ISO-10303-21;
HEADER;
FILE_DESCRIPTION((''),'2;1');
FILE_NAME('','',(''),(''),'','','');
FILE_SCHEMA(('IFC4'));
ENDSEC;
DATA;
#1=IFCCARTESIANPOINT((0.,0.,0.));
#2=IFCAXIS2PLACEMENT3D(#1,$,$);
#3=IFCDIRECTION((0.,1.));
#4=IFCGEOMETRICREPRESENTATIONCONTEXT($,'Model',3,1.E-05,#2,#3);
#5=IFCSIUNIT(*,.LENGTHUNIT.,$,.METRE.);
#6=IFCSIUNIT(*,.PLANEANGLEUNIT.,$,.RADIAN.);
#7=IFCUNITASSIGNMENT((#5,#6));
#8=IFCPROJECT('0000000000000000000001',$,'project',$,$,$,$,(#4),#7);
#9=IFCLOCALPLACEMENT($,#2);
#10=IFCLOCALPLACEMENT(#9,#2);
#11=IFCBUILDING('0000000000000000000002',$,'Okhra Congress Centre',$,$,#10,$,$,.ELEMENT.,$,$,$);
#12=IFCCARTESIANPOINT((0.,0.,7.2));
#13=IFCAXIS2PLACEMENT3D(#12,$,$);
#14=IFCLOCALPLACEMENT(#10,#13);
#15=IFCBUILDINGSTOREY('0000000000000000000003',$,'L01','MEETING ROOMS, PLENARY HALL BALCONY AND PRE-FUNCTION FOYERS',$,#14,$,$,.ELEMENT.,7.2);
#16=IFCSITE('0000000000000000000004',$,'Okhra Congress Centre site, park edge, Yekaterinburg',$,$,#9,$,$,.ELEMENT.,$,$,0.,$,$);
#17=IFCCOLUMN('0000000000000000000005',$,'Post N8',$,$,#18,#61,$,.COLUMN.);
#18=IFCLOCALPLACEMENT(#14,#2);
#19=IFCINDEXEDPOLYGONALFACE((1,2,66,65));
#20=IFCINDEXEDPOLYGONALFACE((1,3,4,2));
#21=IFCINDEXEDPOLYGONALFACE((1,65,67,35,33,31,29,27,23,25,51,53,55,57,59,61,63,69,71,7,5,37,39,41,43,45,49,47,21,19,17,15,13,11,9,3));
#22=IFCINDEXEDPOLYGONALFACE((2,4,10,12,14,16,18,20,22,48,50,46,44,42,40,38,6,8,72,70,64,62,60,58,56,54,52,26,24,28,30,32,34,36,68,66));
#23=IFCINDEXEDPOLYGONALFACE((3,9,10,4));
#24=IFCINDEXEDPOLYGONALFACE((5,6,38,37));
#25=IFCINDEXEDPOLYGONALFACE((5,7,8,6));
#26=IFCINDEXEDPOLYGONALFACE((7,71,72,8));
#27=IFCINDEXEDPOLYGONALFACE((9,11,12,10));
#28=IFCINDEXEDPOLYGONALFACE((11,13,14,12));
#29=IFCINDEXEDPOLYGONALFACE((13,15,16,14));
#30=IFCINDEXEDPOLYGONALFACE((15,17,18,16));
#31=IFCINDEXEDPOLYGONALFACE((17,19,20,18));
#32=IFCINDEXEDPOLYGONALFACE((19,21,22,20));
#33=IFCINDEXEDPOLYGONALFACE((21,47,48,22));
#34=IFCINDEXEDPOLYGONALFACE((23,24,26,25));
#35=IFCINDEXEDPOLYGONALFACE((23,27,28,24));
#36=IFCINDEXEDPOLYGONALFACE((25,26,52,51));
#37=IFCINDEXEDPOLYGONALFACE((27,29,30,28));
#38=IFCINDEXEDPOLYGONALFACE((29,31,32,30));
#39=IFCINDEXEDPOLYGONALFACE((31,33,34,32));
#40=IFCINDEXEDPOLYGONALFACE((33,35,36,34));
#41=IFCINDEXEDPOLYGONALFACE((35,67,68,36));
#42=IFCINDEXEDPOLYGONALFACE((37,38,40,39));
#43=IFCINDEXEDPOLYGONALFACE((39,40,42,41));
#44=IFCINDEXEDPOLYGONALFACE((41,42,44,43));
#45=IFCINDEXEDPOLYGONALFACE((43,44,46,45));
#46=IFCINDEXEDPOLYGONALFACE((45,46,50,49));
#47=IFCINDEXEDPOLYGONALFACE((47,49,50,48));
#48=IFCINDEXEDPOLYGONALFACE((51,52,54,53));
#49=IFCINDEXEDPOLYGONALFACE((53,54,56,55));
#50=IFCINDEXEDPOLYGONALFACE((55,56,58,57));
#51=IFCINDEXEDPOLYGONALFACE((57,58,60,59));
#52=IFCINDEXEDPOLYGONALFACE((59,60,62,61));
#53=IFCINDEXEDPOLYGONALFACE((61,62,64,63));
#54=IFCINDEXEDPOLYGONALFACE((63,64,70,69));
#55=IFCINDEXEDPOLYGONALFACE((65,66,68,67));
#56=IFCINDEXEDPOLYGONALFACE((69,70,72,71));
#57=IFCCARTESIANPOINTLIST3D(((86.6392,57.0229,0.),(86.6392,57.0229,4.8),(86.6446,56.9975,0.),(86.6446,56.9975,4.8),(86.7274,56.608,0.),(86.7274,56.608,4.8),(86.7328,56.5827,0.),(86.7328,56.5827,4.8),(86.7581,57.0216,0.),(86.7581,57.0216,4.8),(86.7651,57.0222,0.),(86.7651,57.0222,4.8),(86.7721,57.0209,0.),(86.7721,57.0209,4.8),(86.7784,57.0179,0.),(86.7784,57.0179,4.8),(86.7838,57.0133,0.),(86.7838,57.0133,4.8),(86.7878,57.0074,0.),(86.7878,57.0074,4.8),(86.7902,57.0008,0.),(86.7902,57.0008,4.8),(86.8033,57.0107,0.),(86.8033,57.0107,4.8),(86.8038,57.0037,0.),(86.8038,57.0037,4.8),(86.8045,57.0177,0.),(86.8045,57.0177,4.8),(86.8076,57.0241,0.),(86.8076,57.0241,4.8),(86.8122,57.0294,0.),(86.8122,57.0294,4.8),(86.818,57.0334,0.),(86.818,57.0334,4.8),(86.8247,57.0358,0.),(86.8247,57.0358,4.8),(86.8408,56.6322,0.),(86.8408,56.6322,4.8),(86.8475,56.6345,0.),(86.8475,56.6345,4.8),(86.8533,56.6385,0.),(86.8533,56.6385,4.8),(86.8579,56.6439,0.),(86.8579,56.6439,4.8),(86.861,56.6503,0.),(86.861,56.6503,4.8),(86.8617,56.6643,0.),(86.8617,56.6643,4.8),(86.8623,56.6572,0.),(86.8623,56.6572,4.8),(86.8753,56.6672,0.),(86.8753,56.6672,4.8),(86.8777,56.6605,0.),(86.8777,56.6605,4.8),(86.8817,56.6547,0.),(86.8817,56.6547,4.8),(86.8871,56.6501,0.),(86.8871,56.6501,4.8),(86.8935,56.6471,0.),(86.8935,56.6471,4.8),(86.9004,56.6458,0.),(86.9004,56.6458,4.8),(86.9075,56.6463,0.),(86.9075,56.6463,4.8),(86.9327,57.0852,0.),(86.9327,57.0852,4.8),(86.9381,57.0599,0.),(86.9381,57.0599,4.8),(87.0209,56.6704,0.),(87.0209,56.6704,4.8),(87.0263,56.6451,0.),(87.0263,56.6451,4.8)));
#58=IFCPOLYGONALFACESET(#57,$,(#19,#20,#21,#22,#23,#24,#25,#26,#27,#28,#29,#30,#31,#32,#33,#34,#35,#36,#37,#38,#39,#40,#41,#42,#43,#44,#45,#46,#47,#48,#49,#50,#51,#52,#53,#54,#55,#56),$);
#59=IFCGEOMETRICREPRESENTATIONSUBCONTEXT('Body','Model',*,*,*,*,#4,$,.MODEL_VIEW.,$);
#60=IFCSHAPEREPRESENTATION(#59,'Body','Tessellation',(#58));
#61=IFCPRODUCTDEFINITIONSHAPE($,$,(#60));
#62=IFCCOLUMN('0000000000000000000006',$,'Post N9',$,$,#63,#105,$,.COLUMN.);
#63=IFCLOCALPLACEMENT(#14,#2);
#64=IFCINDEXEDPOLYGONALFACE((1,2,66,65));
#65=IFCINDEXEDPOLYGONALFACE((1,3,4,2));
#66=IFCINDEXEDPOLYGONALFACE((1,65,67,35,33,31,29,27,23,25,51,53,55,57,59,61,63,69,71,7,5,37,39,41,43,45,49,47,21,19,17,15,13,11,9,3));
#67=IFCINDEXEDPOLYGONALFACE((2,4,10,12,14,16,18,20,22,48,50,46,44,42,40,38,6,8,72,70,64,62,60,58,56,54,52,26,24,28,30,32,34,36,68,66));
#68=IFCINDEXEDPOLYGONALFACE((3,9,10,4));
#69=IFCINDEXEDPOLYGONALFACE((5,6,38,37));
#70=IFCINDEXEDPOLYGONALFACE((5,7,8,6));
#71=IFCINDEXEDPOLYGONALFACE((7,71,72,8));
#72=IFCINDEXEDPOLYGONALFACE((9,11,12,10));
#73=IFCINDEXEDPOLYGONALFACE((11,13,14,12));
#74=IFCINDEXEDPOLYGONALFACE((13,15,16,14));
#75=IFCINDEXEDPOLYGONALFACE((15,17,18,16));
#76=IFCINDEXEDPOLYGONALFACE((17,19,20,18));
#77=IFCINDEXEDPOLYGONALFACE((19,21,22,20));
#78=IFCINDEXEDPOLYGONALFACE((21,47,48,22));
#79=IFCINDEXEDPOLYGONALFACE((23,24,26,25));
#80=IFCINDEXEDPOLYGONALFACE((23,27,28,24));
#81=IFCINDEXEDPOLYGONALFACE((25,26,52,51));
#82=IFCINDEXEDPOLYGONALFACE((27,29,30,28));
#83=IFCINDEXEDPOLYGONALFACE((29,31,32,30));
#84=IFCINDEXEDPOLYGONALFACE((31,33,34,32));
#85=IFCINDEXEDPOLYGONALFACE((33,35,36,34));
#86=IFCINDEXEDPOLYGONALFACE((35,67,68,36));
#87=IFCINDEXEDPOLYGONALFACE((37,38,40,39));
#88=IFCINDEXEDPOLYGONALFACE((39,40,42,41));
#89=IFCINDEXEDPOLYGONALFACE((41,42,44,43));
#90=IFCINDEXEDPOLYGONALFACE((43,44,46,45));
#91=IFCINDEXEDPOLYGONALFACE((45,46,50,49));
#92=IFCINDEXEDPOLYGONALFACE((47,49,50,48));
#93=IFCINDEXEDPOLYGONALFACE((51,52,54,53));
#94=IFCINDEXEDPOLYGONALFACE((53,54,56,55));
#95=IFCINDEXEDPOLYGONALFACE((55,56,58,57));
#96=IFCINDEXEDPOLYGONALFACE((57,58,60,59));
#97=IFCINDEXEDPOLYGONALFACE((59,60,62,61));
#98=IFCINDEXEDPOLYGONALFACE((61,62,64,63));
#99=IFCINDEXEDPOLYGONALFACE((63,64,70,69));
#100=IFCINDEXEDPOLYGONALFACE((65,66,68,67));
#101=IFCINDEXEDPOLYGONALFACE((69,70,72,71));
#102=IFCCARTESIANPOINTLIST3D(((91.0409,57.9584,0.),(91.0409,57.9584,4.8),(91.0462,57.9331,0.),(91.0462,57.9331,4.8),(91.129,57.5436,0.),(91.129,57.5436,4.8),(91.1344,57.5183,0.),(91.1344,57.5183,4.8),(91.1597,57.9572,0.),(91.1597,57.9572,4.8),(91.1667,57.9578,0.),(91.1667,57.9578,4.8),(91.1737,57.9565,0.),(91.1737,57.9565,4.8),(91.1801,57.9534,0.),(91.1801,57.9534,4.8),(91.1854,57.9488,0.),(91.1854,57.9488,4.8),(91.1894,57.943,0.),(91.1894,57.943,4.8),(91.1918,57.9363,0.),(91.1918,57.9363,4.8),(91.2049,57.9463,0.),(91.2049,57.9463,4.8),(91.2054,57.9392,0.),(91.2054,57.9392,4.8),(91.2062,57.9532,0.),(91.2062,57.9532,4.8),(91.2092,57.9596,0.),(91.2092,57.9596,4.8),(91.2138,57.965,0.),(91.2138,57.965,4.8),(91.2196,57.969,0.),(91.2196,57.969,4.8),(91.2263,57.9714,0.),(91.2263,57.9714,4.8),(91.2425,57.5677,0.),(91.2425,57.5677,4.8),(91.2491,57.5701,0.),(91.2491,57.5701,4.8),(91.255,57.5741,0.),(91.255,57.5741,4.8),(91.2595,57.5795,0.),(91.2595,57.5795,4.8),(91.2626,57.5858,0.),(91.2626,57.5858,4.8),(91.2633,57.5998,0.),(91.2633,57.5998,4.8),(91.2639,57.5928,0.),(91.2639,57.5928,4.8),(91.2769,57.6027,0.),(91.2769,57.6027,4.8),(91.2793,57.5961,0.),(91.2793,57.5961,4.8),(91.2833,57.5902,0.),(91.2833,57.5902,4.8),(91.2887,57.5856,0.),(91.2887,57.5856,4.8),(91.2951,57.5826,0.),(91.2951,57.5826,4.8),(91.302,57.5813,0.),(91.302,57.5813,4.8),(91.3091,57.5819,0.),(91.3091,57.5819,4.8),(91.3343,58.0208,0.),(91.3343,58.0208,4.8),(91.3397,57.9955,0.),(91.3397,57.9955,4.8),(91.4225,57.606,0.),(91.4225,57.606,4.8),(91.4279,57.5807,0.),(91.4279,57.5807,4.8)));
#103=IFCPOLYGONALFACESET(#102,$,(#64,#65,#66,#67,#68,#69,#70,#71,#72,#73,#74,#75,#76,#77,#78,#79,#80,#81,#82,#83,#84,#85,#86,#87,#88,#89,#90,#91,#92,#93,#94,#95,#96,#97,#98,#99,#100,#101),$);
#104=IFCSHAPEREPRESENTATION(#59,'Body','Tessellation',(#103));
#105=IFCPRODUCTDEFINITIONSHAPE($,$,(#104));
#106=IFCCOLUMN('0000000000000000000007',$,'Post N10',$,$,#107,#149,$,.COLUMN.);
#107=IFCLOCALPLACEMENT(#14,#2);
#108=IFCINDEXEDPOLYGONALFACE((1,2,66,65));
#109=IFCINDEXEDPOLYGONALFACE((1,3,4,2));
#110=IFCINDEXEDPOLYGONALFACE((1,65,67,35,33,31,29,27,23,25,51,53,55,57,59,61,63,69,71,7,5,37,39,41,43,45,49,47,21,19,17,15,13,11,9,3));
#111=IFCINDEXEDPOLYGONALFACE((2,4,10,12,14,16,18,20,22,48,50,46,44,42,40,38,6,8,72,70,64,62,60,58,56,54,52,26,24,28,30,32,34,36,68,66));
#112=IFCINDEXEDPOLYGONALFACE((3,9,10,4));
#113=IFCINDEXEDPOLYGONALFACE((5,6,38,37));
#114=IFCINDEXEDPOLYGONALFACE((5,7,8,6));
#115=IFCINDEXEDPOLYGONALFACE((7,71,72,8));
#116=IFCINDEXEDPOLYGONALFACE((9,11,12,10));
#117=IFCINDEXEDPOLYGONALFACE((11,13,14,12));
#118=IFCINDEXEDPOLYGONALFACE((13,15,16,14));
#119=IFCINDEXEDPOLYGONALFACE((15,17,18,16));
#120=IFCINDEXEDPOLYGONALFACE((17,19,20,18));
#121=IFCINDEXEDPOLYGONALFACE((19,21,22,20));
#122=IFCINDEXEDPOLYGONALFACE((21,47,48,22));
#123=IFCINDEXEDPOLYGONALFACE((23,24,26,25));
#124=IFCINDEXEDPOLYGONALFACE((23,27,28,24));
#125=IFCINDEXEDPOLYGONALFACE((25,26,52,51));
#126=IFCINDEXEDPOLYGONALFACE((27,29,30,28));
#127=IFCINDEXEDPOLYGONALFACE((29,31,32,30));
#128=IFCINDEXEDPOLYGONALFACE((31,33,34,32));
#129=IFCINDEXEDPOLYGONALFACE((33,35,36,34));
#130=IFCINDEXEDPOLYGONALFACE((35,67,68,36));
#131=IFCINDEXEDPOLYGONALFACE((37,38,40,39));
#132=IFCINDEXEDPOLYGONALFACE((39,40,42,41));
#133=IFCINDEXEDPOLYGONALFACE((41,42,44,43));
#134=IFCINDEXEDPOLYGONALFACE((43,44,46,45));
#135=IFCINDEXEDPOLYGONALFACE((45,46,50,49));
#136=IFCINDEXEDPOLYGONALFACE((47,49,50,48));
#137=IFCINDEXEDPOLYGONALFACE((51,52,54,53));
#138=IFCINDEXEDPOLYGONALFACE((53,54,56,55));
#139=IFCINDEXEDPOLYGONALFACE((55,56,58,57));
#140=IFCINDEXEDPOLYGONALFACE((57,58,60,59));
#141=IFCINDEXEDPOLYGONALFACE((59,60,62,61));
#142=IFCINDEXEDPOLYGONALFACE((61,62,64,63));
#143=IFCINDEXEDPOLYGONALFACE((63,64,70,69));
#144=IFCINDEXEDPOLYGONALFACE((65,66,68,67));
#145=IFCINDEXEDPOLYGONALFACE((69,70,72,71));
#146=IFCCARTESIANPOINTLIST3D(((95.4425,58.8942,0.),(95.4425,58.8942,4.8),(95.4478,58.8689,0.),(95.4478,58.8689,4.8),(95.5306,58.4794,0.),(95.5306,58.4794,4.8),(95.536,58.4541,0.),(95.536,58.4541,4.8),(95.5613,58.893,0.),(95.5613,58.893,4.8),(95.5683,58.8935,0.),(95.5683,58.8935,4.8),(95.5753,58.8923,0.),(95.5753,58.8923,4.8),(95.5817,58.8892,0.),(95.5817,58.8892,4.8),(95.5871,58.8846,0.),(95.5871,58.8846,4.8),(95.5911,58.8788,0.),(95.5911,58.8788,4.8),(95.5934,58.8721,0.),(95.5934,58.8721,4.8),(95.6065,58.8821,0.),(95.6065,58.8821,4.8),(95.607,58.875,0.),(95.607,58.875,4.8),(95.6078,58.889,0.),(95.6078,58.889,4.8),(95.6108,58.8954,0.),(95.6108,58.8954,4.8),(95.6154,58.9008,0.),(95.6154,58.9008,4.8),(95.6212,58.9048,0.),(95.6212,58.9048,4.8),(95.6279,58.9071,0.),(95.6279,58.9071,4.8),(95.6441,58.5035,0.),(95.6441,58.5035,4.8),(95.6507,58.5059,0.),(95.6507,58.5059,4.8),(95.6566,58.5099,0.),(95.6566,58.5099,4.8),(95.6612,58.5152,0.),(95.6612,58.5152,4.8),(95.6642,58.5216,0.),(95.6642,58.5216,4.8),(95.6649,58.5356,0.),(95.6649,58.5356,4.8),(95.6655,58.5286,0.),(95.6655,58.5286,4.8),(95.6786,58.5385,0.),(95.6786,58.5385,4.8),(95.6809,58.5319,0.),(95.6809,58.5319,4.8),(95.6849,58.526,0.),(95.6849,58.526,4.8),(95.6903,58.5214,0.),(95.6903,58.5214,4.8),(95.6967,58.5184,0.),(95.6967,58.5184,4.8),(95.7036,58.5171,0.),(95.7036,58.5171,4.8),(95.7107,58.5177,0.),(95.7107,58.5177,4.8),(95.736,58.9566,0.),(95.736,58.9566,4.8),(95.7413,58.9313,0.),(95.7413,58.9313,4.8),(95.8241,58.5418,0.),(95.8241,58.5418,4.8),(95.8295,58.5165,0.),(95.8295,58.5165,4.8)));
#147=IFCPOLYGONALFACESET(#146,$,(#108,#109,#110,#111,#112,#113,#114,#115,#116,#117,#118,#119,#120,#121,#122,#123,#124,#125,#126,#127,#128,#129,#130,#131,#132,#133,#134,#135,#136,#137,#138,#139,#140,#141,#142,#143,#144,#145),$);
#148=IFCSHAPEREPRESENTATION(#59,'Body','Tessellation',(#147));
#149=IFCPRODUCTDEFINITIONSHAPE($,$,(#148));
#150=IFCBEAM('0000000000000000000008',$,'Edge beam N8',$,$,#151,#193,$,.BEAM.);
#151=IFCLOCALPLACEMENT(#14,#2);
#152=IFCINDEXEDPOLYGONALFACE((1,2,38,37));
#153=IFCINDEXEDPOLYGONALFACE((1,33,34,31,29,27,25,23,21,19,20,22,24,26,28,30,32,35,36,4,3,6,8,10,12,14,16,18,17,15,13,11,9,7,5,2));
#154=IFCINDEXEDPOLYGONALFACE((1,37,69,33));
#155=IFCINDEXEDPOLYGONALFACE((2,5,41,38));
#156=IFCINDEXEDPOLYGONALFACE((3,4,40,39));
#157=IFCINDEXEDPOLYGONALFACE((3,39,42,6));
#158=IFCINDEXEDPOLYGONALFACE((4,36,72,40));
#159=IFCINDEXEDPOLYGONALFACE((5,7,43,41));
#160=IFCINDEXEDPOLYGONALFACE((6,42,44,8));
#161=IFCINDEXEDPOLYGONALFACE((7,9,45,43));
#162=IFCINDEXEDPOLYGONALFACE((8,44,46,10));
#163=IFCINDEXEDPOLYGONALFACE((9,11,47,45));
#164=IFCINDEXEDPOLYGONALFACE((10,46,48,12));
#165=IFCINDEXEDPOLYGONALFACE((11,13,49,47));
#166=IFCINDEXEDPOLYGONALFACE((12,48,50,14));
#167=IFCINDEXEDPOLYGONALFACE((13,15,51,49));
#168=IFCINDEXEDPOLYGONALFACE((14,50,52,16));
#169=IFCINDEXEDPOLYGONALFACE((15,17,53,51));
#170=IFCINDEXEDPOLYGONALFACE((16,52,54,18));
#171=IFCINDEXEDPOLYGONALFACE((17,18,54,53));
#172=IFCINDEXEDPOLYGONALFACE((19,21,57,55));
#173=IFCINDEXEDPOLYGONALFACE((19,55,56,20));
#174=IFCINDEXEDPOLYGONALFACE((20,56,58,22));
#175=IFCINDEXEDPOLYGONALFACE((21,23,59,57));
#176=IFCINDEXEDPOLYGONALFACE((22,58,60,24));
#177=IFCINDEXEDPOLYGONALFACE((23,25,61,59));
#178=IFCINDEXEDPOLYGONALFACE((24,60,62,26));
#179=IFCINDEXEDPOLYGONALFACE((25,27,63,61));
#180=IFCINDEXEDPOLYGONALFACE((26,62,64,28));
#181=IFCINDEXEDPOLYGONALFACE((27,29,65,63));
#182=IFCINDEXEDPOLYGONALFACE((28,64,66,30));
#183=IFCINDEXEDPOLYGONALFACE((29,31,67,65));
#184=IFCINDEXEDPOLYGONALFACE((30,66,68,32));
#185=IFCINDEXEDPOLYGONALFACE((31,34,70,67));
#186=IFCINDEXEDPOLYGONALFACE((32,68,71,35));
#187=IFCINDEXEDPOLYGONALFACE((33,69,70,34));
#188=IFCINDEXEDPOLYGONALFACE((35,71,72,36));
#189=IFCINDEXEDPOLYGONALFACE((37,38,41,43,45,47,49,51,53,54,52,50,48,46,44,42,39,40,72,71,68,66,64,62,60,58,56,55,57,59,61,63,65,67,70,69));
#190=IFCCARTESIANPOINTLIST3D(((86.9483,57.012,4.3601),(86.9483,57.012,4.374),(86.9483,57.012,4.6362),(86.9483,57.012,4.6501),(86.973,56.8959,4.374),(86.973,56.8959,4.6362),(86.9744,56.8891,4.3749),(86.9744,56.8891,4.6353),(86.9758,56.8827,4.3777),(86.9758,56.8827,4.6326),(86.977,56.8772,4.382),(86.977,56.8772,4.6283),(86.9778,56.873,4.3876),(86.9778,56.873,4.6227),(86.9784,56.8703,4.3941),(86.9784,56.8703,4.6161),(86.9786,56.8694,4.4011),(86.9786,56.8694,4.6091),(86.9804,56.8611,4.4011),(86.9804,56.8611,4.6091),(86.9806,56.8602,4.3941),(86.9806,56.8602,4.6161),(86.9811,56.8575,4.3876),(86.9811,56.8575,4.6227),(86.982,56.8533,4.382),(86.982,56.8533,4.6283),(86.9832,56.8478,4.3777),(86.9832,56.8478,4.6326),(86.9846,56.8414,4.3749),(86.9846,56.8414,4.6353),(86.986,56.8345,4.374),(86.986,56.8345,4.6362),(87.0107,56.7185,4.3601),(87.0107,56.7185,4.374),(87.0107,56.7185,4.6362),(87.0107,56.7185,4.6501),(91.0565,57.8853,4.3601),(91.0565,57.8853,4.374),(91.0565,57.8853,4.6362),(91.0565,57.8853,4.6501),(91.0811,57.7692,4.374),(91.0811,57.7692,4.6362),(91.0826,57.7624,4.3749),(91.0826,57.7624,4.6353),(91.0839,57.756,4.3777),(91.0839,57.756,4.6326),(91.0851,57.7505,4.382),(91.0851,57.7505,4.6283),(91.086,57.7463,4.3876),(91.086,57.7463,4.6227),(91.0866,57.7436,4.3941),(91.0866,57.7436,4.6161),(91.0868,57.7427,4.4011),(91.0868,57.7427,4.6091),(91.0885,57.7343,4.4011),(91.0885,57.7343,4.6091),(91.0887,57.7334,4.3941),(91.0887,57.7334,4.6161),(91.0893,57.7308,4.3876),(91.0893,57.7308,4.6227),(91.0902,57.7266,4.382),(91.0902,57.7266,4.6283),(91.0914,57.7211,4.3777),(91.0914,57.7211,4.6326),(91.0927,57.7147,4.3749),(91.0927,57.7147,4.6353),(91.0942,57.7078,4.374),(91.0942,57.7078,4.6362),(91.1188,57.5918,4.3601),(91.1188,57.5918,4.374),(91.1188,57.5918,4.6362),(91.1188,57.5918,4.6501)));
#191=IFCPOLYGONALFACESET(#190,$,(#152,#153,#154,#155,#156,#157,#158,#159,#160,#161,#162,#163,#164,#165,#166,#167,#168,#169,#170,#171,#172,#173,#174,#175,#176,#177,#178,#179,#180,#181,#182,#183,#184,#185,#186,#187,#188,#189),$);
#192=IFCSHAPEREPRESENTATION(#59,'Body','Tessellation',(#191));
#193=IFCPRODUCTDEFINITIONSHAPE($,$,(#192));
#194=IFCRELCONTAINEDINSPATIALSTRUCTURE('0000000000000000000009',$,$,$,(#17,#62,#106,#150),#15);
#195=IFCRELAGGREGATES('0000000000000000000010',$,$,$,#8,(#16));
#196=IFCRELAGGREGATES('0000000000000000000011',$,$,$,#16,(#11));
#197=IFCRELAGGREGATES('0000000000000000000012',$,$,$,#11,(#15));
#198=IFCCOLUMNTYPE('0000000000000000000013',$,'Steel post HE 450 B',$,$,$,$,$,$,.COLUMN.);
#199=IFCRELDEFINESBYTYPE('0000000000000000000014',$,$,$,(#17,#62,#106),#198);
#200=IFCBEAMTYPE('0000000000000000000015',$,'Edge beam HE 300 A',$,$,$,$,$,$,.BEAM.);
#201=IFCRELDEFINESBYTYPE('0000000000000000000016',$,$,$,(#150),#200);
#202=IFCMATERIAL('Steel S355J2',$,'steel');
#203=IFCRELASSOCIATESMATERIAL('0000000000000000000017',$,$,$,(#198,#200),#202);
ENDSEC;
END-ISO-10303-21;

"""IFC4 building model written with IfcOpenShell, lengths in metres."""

from ifc_helpers import new_model, si_unit, direction, frame, origin, origin_2d, place, context, subcontext, project, spatial, i_section, extrude, material, material_profile, profile_set, type_object, element, save


model = new_model("IFC4")

# Units and contexts
model_context = context("Model", 3, precision=1e-05, world=origin(), true_north=direction((0.0, 1.0)))
body_context = subcontext(model_context, "Body", "Model", "MODEL_VIEW")
ifc_project = project(units=[si_unit("LENGTHUNIT", "METRE"), si_unit("PLANEANGLEUNIT", "RADIAN")], contexts=[model_context])

# Site, building, storey
site_placement = place(None, origin())
site = spatial("IfcSite", under=ifc_project, at=site_placement, Name="Okhra Congress Centre site, park edge, Yekaterinburg", CompositionType="ELEMENT", RefElevation=0.0)
building_placement = place(site_placement, origin())
building = spatial("IfcBuilding", under=site, at=building_placement, Name="Okhra Congress Centre", CompositionType="ELEMENT")
storey_placement = place(building_placement, frame((0.0, 0.0, 7.2)))
storey = spatial("IfcBuildingStorey", under=building, at=storey_placement, Name="L01", Description="MEETING ROOMS, PLENARY HALL BALCONY AND PRE-FUNCTION FOYERS", CompositionType="ELEMENT", Elevation=7.2)

# Columns
ifc_material_1 = material(Name="Steel S355J2", Category="steel")
ifc_material_profile_1 = material_profile(ifc_material_1, i_section(OverallWidth=0.3, OverallDepth=0.45, WebThickness=0.0139, FlangeThickness=0.0259, FilletRadius=0.0271, at=origin_2d()), Name="HE 450 B")
ifc_profile_set_1 = profile_set([ifc_material_profile_1], Name="Steel S355J2")
column_type = type_object("IfcColumnType", Name="Steel post HE 450 B", PredefinedType="COLUMN", material=ifc_profile_set_1)
for number, where, z_axis, x_axis, name in (
    (1, (86.8328, 56.834, 0.0), (0.0, 0.0, 1.0), (0.978148, 0.207912, 0.0), "Post N8"),
    (2, (91.2344, 57.7695, 0.0), (0.0, 0.0, 1.0), (0.978148, 0.207912, 0.0), "Post N9"),
    (3, (95.636, 58.7053, 0.0), (0.0, 0.0, 1.0), (0.978148, 0.207912, 0.0), "Post N10"),
):
    element("IfcColumn", number, at=place(storey_placement, frame(where, z_axis=z_axis, x_axis=x_axis)), inside=storey, type_object=column_type, Name=name, PredefinedType="COLUMN", context=body_context, shape_type="SweptSolid", body=[
        extrude(i_section(OverallWidth=0.3, OverallDepth=0.45, WebThickness=0.0139, FlangeThickness=0.0259, FilletRadius=0.0271, at=origin_2d()), origin(), (0.0, 0.0, 1.0), 4.8),
    ])

# Beam
ifc_material_profile_2 = material_profile(ifc_material_1, i_section(OverallWidth=0.3, OverallDepth=0.29, WebThickness=0.0085, FlangeThickness=0.0139, FilletRadius=0.0271, at=origin_2d()), Name="HE 300 A")
ifc_profile_set_2 = profile_set([ifc_material_profile_2], Name="Steel S355J2")
beam_type_1 = type_object("IfcBeamType", Name="Edge beam HE 300 A", PredefinedType="BEAM", material=ifc_profile_set_2)
for number, where, z_axis, x_axis, name in (
    (4, (86.9795, 56.8652, 4.5051), (0.978144, 0.207929, 0.0), (-0.207929, 0.978144, 0.0), "Edge beam N8"),
):
    element("IfcBeam", number, at=place(storey_placement, frame(where, z_axis=z_axis, x_axis=x_axis)), inside=storey, type_object=beam_type_1, Name=name, PredefinedType="BEAM", context=body_context, shape_type="SweptSolid", body=[
        extrude(i_section(OverallWidth=0.3, OverallDepth=0.29, WebThickness=0.0085, FlangeThickness=0.0139, FilletRadius=0.0271, at=origin_2d()), origin(), (0.0, 0.0, 1.0), 4.2),
    ])

save(model, "model.ifc")
